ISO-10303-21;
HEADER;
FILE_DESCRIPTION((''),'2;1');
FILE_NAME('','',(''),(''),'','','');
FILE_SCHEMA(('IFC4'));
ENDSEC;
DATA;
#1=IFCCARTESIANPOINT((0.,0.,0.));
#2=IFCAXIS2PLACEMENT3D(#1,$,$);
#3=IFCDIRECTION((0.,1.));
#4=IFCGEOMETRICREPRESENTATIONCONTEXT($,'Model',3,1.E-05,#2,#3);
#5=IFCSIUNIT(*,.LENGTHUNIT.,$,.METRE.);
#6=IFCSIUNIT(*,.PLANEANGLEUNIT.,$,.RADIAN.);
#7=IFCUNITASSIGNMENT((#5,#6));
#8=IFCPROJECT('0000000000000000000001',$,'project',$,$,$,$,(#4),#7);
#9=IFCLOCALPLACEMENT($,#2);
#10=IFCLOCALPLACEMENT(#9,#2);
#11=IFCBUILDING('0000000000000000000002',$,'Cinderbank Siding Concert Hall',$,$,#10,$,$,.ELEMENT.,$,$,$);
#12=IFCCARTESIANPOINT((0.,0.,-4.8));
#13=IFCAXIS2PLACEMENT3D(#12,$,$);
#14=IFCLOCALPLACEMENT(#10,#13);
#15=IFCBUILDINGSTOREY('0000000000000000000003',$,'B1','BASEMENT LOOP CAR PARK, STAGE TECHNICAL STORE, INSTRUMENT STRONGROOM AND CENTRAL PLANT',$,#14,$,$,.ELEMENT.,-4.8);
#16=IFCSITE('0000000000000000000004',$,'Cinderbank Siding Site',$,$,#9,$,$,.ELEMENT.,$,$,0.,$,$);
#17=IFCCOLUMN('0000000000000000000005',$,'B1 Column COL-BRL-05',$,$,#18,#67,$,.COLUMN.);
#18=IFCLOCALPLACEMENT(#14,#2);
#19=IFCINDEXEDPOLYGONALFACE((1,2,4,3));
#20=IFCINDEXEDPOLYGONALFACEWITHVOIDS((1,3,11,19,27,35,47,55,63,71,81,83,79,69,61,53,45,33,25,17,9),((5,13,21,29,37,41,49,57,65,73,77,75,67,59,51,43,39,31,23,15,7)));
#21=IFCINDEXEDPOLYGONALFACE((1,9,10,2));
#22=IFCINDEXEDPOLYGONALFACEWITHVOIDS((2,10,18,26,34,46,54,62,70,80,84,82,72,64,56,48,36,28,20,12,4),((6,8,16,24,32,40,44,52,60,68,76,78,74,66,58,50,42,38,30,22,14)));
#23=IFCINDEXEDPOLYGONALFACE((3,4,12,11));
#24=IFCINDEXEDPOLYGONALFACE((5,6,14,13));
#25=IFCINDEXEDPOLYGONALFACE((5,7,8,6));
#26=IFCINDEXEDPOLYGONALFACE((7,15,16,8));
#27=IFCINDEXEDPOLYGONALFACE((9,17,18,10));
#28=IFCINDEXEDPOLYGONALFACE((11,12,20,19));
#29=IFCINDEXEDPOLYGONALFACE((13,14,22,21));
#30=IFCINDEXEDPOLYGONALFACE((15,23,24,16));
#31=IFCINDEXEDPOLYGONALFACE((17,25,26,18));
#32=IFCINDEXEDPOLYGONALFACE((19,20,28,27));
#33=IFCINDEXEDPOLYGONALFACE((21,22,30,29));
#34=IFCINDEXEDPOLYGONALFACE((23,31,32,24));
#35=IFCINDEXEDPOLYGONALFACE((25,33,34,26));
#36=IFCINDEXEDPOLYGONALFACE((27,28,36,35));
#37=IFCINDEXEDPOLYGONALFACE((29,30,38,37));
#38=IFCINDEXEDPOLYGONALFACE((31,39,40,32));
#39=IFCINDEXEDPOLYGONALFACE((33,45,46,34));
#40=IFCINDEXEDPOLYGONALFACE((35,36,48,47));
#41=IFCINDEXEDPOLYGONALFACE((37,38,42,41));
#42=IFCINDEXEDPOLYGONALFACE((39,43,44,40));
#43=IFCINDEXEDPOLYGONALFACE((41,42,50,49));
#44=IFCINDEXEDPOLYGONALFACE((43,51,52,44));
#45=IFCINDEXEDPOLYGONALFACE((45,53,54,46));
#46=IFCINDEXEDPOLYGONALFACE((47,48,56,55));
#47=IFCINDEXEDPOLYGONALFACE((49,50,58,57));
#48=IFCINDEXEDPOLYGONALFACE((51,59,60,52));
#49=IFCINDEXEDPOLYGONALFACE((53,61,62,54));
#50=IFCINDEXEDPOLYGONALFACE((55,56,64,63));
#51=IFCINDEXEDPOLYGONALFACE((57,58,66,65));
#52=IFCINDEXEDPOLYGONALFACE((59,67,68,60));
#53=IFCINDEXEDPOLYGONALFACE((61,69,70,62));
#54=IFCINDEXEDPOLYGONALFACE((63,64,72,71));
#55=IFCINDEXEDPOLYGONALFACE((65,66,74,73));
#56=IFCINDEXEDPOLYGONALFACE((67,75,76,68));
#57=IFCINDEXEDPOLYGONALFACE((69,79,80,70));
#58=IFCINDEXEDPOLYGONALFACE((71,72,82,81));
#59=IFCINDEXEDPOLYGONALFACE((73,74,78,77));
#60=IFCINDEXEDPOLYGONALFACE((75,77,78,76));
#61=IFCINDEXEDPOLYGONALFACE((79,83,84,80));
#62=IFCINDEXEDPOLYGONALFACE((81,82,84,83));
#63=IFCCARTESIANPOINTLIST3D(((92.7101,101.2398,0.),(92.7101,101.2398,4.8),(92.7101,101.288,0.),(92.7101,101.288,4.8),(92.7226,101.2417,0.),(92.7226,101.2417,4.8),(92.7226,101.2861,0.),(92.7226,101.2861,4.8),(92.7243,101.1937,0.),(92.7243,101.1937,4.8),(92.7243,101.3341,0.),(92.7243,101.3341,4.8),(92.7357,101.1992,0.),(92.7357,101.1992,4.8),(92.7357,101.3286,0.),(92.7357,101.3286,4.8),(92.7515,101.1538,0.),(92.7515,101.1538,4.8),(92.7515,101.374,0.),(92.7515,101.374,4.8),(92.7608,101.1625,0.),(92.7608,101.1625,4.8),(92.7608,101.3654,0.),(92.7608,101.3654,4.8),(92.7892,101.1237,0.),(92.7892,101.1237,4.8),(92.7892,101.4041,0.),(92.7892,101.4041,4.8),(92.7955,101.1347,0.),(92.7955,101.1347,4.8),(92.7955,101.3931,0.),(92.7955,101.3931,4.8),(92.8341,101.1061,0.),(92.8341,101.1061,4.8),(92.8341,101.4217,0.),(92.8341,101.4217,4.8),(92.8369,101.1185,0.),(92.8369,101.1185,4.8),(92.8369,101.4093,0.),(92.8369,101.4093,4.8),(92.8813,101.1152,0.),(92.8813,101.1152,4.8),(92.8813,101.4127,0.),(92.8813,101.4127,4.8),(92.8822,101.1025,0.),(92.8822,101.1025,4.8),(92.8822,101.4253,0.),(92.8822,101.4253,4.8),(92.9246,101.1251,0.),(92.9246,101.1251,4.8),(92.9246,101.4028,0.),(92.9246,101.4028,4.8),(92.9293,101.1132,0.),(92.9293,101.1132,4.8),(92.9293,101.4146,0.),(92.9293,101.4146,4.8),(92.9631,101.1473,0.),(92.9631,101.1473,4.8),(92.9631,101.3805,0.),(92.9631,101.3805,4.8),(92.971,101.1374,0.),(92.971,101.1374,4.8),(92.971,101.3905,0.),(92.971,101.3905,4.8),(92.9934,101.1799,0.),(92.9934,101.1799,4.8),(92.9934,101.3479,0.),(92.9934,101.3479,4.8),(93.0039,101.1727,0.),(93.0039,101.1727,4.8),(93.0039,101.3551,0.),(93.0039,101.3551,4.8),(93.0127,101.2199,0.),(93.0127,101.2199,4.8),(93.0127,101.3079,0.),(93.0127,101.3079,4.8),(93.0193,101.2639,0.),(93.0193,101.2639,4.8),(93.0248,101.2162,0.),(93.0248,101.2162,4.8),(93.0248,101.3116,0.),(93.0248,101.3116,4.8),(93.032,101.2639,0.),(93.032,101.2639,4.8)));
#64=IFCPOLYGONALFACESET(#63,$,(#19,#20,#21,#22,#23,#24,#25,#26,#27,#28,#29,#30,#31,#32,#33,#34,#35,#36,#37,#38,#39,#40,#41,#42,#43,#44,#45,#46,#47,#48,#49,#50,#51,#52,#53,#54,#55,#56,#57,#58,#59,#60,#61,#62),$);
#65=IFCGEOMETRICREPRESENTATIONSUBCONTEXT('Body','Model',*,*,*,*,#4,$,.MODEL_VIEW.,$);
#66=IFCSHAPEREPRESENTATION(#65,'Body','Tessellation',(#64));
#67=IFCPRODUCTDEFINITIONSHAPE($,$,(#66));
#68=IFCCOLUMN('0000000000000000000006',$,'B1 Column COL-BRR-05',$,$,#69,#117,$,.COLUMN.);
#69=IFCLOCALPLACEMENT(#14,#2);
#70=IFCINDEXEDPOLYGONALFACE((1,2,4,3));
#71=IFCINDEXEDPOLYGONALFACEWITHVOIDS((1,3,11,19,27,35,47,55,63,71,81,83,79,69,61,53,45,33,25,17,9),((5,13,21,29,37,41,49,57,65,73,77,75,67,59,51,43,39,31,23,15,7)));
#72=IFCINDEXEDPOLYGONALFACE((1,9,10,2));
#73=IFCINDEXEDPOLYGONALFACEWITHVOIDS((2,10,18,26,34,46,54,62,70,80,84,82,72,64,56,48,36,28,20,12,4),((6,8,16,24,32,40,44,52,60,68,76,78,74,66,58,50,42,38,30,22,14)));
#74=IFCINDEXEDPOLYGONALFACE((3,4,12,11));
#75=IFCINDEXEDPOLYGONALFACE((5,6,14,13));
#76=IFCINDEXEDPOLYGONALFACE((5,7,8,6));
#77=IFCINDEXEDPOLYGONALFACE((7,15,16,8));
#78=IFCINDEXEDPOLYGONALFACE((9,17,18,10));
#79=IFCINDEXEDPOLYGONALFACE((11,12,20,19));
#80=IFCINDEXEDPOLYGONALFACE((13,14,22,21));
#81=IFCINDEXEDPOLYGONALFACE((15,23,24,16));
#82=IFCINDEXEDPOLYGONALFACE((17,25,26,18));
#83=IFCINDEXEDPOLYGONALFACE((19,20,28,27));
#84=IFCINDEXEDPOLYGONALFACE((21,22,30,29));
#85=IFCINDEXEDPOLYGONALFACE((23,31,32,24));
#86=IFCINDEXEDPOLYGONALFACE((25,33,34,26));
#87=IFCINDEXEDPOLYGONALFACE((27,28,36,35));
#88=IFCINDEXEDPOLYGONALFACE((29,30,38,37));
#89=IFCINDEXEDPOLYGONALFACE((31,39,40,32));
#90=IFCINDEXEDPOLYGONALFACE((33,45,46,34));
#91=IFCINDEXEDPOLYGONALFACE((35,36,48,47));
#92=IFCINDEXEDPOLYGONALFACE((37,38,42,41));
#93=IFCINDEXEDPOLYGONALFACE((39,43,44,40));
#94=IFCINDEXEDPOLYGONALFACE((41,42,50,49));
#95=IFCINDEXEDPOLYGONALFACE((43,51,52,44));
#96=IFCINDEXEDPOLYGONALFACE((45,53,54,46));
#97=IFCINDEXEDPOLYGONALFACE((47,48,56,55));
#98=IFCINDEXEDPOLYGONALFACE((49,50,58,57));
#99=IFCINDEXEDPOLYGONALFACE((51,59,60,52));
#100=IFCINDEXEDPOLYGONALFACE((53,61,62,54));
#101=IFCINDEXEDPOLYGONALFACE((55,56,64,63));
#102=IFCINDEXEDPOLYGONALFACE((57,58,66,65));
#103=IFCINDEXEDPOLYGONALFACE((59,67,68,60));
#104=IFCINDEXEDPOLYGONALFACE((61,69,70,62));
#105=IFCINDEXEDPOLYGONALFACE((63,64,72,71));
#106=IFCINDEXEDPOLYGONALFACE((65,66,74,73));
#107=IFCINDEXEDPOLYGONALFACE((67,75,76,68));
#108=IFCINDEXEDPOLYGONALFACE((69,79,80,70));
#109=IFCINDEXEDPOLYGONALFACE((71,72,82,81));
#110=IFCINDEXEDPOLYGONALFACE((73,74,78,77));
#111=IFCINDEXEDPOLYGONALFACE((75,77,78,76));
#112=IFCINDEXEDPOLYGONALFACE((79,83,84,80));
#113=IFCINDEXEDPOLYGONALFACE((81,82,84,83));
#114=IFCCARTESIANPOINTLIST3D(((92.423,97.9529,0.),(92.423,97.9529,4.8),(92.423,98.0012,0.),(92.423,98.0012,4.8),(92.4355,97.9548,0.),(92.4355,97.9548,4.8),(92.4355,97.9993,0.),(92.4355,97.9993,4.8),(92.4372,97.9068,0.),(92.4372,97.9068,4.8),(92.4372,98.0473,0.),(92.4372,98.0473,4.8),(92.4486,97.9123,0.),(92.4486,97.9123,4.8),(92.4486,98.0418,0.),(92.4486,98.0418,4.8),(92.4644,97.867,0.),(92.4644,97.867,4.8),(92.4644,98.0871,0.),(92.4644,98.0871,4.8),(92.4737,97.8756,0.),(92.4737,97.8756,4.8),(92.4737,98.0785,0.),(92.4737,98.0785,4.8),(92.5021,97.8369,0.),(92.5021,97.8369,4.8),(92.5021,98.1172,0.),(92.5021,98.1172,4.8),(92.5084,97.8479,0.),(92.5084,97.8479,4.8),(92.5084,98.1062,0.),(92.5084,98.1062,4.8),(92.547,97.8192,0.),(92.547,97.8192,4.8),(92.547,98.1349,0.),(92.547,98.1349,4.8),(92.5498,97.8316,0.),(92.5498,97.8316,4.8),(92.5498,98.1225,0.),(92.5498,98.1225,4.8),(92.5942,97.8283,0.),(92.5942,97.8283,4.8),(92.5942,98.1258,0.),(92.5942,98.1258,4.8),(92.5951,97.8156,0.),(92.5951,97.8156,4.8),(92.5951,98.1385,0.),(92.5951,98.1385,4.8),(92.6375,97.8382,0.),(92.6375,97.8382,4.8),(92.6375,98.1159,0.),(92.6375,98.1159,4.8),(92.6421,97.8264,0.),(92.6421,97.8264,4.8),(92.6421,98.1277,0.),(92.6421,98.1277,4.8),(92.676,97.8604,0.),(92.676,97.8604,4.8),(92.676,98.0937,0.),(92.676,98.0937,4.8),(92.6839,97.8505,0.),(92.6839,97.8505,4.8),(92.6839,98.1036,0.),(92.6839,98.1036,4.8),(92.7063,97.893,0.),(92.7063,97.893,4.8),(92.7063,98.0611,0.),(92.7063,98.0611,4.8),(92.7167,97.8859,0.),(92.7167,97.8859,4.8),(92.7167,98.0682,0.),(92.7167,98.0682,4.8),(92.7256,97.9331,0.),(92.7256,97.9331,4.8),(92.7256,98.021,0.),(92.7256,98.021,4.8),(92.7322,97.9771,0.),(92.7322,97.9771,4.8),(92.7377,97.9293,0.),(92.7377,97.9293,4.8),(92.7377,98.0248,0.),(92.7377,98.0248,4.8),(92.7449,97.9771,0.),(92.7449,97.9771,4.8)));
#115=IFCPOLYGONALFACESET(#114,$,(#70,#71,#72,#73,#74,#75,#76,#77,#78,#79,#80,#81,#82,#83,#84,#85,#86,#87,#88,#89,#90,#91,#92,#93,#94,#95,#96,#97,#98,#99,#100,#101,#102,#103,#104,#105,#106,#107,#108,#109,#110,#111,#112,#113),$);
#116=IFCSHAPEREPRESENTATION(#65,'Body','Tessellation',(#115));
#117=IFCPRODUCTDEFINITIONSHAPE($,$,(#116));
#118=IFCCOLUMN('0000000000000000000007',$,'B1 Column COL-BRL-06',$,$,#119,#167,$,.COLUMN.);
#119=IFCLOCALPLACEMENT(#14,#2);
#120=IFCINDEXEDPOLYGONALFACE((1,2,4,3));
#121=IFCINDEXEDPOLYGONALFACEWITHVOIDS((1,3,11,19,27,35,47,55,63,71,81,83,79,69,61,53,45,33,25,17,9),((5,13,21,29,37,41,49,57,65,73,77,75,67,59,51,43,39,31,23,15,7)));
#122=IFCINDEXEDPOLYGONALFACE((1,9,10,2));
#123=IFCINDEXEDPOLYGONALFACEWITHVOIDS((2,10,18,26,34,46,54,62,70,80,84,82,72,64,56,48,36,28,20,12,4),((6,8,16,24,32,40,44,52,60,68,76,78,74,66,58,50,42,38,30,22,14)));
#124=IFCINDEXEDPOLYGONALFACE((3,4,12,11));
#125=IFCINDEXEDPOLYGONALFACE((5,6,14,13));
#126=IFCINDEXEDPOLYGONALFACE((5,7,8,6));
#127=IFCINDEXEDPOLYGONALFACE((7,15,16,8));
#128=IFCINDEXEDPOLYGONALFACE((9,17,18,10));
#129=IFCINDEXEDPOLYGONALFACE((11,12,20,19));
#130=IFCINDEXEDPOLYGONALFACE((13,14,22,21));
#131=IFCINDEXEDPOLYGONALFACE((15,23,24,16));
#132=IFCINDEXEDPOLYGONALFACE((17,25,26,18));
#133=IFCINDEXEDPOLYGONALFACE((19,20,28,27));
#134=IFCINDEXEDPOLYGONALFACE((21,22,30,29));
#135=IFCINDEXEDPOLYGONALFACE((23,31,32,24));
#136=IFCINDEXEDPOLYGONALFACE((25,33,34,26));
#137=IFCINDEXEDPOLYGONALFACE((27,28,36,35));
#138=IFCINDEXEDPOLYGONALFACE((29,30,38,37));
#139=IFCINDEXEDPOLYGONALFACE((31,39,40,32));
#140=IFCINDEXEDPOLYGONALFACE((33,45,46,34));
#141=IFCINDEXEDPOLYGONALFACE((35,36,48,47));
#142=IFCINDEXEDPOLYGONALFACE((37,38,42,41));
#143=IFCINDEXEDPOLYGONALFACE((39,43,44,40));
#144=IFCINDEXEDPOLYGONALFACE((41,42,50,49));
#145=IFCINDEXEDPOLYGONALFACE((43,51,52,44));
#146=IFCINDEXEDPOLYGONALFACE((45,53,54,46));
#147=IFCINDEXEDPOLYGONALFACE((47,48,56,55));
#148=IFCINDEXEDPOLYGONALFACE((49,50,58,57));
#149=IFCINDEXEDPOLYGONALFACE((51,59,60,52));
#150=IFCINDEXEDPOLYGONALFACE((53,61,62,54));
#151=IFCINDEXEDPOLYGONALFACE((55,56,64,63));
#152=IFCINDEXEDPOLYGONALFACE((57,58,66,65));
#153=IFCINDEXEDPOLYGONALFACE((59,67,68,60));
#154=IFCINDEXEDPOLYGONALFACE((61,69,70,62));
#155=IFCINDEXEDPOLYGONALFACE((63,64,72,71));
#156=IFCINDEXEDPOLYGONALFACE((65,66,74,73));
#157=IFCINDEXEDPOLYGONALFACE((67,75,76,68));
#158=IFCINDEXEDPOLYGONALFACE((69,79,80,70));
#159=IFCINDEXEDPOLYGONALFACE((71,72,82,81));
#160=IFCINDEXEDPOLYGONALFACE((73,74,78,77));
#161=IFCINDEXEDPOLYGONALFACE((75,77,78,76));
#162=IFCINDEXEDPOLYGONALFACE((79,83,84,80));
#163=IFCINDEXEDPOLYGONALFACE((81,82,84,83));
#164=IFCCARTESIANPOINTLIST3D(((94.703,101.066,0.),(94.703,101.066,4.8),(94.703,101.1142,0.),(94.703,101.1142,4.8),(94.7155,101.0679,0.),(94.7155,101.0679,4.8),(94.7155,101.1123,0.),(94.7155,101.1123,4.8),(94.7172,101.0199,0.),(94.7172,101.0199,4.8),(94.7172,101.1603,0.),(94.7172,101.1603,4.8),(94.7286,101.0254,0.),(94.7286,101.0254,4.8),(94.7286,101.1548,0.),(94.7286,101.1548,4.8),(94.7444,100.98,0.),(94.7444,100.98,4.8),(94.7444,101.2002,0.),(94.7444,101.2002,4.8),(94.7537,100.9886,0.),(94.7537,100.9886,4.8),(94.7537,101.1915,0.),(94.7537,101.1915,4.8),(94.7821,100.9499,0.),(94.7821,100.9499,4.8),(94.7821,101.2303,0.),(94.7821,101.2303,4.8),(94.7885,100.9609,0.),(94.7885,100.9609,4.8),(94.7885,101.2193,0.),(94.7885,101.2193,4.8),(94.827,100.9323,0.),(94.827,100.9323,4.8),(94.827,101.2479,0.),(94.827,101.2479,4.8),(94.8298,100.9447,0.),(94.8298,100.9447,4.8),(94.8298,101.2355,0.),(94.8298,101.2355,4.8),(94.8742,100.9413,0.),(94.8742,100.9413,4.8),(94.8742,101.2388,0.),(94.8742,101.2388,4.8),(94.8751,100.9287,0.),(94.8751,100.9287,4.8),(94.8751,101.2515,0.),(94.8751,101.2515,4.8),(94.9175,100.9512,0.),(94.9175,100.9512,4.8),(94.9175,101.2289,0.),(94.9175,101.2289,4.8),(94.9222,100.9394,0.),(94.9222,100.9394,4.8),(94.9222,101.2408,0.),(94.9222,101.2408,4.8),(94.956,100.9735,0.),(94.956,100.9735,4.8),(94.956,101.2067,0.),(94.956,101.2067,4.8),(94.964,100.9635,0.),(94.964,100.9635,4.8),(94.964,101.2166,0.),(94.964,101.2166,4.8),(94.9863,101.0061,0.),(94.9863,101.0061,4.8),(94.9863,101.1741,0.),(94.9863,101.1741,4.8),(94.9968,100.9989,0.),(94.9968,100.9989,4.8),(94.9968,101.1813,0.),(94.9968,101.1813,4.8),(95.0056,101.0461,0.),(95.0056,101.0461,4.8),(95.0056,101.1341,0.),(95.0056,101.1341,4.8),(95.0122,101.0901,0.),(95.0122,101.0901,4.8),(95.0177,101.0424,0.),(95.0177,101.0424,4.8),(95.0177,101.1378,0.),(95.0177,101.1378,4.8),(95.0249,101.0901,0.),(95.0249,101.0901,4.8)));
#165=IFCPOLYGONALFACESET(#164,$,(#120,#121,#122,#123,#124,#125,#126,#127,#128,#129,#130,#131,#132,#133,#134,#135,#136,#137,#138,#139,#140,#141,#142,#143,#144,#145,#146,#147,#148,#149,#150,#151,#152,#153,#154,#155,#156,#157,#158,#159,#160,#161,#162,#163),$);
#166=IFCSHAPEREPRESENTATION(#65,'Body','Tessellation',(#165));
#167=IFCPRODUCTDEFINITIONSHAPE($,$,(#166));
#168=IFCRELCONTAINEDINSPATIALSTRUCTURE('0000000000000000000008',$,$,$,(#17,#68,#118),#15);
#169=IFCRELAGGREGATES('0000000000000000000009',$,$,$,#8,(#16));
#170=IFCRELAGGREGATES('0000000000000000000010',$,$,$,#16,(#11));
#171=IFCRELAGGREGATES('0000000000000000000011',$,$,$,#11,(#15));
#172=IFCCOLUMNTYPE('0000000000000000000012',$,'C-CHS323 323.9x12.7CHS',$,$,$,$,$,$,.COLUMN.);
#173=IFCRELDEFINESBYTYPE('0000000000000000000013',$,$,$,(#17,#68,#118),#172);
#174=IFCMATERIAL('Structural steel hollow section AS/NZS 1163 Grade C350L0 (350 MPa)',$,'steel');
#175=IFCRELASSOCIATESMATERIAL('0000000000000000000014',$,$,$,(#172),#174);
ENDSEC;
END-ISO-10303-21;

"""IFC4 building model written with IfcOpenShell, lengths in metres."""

from ifc_helpers import new_model, si_unit, direction, frame, origin, origin_2d, place, context, subcontext, project, spatial, hollow_circle, extrude, material, material_profile, profile_set, type_object, element, save


model = new_model("IFC4")

# Units and contexts
model_context = context("Model", 3, precision=1e-05, world=origin(), true_north=direction((0.0, 1.0)))
body_context = subcontext(model_context, "Body", "Model", "MODEL_VIEW")
ifc_project = project(units=[si_unit("LENGTHUNIT", "METRE"), si_unit("PLANEANGLEUNIT", "RADIAN")], contexts=[model_context])

# Site, building, storey
site_placement = place(None, origin())
site = spatial("IfcSite", under=ifc_project, at=site_placement, Name="Cinderbank Siding Site", CompositionType="ELEMENT", RefElevation=0.0)
building_placement = place(site_placement, origin())
building = spatial("IfcBuilding", under=site, at=building_placement, Name="Cinderbank Siding Concert Hall", CompositionType="ELEMENT")
storey_placement = place(building_placement, frame((0.0, 0.0, -4.8)))
storey = spatial("IfcBuildingStorey", under=building, at=storey_placement, Name="B1", Description="BASEMENT LOOP CAR PARK, STAGE TECHNICAL STORE, INSTRUMENT STRONGROOM AND CENTRAL PLANT", CompositionType="ELEMENT", Elevation=-4.8)

# Columns
ifc_material_1 = material(Name="Structural steel hollow section AS/NZS 1163 Grade C350L0 (350 MPa)", Category="steel")
ifc_material_profile_1 = material_profile(ifc_material_1, hollow_circle(Radius=0.1619, WallThickness=0.0127, at=origin_2d()), Name="323.9x12.7CHS", Category="LoadBearing")
ifc_profile_set_1 = profile_set([ifc_material_profile_1], Name="Structural steel hollow section AS/NZS 1163 Grade C350L0 (350 MPa)")
column_type = type_object("IfcColumnType", Name="C-CHS323 323.9x12.7CHS", PredefinedType="COLUMN", material=ifc_profile_set_1)
for number, where, z_axis, x_axis, name in (
    (1, (92.8701, 101.2639, 0.0), (0.0, 0.0, 1.0), (1.0, 0.0, 0.0), "B1 Column COL-BRL-05"),
    (2, (92.583, 97.9771, 0.0), (0.0, 0.0, 1.0), (1.0, 0.0, 0.0), "B1 Column COL-BRR-05"),
    (3, (94.863, 101.0901, 0.0), (0.0, 0.0, 1.0), (1.0, 0.0, 0.0), "B1 Column COL-BRL-06"),
):
    element("IfcColumn", number, at=place(storey_placement, frame(where, z_axis=z_axis, x_axis=x_axis)), inside=storey, type_object=column_type, Name=name, PredefinedType="COLUMN", context=body_context, shape_type="SweptSolid", body=[
        extrude(hollow_circle(Radius=0.1619, WallThickness=0.0127, at=origin_2d()), origin(), (0.0, 0.0, 1.0), 4.8),
    ])

save(model, "model.ifc")
